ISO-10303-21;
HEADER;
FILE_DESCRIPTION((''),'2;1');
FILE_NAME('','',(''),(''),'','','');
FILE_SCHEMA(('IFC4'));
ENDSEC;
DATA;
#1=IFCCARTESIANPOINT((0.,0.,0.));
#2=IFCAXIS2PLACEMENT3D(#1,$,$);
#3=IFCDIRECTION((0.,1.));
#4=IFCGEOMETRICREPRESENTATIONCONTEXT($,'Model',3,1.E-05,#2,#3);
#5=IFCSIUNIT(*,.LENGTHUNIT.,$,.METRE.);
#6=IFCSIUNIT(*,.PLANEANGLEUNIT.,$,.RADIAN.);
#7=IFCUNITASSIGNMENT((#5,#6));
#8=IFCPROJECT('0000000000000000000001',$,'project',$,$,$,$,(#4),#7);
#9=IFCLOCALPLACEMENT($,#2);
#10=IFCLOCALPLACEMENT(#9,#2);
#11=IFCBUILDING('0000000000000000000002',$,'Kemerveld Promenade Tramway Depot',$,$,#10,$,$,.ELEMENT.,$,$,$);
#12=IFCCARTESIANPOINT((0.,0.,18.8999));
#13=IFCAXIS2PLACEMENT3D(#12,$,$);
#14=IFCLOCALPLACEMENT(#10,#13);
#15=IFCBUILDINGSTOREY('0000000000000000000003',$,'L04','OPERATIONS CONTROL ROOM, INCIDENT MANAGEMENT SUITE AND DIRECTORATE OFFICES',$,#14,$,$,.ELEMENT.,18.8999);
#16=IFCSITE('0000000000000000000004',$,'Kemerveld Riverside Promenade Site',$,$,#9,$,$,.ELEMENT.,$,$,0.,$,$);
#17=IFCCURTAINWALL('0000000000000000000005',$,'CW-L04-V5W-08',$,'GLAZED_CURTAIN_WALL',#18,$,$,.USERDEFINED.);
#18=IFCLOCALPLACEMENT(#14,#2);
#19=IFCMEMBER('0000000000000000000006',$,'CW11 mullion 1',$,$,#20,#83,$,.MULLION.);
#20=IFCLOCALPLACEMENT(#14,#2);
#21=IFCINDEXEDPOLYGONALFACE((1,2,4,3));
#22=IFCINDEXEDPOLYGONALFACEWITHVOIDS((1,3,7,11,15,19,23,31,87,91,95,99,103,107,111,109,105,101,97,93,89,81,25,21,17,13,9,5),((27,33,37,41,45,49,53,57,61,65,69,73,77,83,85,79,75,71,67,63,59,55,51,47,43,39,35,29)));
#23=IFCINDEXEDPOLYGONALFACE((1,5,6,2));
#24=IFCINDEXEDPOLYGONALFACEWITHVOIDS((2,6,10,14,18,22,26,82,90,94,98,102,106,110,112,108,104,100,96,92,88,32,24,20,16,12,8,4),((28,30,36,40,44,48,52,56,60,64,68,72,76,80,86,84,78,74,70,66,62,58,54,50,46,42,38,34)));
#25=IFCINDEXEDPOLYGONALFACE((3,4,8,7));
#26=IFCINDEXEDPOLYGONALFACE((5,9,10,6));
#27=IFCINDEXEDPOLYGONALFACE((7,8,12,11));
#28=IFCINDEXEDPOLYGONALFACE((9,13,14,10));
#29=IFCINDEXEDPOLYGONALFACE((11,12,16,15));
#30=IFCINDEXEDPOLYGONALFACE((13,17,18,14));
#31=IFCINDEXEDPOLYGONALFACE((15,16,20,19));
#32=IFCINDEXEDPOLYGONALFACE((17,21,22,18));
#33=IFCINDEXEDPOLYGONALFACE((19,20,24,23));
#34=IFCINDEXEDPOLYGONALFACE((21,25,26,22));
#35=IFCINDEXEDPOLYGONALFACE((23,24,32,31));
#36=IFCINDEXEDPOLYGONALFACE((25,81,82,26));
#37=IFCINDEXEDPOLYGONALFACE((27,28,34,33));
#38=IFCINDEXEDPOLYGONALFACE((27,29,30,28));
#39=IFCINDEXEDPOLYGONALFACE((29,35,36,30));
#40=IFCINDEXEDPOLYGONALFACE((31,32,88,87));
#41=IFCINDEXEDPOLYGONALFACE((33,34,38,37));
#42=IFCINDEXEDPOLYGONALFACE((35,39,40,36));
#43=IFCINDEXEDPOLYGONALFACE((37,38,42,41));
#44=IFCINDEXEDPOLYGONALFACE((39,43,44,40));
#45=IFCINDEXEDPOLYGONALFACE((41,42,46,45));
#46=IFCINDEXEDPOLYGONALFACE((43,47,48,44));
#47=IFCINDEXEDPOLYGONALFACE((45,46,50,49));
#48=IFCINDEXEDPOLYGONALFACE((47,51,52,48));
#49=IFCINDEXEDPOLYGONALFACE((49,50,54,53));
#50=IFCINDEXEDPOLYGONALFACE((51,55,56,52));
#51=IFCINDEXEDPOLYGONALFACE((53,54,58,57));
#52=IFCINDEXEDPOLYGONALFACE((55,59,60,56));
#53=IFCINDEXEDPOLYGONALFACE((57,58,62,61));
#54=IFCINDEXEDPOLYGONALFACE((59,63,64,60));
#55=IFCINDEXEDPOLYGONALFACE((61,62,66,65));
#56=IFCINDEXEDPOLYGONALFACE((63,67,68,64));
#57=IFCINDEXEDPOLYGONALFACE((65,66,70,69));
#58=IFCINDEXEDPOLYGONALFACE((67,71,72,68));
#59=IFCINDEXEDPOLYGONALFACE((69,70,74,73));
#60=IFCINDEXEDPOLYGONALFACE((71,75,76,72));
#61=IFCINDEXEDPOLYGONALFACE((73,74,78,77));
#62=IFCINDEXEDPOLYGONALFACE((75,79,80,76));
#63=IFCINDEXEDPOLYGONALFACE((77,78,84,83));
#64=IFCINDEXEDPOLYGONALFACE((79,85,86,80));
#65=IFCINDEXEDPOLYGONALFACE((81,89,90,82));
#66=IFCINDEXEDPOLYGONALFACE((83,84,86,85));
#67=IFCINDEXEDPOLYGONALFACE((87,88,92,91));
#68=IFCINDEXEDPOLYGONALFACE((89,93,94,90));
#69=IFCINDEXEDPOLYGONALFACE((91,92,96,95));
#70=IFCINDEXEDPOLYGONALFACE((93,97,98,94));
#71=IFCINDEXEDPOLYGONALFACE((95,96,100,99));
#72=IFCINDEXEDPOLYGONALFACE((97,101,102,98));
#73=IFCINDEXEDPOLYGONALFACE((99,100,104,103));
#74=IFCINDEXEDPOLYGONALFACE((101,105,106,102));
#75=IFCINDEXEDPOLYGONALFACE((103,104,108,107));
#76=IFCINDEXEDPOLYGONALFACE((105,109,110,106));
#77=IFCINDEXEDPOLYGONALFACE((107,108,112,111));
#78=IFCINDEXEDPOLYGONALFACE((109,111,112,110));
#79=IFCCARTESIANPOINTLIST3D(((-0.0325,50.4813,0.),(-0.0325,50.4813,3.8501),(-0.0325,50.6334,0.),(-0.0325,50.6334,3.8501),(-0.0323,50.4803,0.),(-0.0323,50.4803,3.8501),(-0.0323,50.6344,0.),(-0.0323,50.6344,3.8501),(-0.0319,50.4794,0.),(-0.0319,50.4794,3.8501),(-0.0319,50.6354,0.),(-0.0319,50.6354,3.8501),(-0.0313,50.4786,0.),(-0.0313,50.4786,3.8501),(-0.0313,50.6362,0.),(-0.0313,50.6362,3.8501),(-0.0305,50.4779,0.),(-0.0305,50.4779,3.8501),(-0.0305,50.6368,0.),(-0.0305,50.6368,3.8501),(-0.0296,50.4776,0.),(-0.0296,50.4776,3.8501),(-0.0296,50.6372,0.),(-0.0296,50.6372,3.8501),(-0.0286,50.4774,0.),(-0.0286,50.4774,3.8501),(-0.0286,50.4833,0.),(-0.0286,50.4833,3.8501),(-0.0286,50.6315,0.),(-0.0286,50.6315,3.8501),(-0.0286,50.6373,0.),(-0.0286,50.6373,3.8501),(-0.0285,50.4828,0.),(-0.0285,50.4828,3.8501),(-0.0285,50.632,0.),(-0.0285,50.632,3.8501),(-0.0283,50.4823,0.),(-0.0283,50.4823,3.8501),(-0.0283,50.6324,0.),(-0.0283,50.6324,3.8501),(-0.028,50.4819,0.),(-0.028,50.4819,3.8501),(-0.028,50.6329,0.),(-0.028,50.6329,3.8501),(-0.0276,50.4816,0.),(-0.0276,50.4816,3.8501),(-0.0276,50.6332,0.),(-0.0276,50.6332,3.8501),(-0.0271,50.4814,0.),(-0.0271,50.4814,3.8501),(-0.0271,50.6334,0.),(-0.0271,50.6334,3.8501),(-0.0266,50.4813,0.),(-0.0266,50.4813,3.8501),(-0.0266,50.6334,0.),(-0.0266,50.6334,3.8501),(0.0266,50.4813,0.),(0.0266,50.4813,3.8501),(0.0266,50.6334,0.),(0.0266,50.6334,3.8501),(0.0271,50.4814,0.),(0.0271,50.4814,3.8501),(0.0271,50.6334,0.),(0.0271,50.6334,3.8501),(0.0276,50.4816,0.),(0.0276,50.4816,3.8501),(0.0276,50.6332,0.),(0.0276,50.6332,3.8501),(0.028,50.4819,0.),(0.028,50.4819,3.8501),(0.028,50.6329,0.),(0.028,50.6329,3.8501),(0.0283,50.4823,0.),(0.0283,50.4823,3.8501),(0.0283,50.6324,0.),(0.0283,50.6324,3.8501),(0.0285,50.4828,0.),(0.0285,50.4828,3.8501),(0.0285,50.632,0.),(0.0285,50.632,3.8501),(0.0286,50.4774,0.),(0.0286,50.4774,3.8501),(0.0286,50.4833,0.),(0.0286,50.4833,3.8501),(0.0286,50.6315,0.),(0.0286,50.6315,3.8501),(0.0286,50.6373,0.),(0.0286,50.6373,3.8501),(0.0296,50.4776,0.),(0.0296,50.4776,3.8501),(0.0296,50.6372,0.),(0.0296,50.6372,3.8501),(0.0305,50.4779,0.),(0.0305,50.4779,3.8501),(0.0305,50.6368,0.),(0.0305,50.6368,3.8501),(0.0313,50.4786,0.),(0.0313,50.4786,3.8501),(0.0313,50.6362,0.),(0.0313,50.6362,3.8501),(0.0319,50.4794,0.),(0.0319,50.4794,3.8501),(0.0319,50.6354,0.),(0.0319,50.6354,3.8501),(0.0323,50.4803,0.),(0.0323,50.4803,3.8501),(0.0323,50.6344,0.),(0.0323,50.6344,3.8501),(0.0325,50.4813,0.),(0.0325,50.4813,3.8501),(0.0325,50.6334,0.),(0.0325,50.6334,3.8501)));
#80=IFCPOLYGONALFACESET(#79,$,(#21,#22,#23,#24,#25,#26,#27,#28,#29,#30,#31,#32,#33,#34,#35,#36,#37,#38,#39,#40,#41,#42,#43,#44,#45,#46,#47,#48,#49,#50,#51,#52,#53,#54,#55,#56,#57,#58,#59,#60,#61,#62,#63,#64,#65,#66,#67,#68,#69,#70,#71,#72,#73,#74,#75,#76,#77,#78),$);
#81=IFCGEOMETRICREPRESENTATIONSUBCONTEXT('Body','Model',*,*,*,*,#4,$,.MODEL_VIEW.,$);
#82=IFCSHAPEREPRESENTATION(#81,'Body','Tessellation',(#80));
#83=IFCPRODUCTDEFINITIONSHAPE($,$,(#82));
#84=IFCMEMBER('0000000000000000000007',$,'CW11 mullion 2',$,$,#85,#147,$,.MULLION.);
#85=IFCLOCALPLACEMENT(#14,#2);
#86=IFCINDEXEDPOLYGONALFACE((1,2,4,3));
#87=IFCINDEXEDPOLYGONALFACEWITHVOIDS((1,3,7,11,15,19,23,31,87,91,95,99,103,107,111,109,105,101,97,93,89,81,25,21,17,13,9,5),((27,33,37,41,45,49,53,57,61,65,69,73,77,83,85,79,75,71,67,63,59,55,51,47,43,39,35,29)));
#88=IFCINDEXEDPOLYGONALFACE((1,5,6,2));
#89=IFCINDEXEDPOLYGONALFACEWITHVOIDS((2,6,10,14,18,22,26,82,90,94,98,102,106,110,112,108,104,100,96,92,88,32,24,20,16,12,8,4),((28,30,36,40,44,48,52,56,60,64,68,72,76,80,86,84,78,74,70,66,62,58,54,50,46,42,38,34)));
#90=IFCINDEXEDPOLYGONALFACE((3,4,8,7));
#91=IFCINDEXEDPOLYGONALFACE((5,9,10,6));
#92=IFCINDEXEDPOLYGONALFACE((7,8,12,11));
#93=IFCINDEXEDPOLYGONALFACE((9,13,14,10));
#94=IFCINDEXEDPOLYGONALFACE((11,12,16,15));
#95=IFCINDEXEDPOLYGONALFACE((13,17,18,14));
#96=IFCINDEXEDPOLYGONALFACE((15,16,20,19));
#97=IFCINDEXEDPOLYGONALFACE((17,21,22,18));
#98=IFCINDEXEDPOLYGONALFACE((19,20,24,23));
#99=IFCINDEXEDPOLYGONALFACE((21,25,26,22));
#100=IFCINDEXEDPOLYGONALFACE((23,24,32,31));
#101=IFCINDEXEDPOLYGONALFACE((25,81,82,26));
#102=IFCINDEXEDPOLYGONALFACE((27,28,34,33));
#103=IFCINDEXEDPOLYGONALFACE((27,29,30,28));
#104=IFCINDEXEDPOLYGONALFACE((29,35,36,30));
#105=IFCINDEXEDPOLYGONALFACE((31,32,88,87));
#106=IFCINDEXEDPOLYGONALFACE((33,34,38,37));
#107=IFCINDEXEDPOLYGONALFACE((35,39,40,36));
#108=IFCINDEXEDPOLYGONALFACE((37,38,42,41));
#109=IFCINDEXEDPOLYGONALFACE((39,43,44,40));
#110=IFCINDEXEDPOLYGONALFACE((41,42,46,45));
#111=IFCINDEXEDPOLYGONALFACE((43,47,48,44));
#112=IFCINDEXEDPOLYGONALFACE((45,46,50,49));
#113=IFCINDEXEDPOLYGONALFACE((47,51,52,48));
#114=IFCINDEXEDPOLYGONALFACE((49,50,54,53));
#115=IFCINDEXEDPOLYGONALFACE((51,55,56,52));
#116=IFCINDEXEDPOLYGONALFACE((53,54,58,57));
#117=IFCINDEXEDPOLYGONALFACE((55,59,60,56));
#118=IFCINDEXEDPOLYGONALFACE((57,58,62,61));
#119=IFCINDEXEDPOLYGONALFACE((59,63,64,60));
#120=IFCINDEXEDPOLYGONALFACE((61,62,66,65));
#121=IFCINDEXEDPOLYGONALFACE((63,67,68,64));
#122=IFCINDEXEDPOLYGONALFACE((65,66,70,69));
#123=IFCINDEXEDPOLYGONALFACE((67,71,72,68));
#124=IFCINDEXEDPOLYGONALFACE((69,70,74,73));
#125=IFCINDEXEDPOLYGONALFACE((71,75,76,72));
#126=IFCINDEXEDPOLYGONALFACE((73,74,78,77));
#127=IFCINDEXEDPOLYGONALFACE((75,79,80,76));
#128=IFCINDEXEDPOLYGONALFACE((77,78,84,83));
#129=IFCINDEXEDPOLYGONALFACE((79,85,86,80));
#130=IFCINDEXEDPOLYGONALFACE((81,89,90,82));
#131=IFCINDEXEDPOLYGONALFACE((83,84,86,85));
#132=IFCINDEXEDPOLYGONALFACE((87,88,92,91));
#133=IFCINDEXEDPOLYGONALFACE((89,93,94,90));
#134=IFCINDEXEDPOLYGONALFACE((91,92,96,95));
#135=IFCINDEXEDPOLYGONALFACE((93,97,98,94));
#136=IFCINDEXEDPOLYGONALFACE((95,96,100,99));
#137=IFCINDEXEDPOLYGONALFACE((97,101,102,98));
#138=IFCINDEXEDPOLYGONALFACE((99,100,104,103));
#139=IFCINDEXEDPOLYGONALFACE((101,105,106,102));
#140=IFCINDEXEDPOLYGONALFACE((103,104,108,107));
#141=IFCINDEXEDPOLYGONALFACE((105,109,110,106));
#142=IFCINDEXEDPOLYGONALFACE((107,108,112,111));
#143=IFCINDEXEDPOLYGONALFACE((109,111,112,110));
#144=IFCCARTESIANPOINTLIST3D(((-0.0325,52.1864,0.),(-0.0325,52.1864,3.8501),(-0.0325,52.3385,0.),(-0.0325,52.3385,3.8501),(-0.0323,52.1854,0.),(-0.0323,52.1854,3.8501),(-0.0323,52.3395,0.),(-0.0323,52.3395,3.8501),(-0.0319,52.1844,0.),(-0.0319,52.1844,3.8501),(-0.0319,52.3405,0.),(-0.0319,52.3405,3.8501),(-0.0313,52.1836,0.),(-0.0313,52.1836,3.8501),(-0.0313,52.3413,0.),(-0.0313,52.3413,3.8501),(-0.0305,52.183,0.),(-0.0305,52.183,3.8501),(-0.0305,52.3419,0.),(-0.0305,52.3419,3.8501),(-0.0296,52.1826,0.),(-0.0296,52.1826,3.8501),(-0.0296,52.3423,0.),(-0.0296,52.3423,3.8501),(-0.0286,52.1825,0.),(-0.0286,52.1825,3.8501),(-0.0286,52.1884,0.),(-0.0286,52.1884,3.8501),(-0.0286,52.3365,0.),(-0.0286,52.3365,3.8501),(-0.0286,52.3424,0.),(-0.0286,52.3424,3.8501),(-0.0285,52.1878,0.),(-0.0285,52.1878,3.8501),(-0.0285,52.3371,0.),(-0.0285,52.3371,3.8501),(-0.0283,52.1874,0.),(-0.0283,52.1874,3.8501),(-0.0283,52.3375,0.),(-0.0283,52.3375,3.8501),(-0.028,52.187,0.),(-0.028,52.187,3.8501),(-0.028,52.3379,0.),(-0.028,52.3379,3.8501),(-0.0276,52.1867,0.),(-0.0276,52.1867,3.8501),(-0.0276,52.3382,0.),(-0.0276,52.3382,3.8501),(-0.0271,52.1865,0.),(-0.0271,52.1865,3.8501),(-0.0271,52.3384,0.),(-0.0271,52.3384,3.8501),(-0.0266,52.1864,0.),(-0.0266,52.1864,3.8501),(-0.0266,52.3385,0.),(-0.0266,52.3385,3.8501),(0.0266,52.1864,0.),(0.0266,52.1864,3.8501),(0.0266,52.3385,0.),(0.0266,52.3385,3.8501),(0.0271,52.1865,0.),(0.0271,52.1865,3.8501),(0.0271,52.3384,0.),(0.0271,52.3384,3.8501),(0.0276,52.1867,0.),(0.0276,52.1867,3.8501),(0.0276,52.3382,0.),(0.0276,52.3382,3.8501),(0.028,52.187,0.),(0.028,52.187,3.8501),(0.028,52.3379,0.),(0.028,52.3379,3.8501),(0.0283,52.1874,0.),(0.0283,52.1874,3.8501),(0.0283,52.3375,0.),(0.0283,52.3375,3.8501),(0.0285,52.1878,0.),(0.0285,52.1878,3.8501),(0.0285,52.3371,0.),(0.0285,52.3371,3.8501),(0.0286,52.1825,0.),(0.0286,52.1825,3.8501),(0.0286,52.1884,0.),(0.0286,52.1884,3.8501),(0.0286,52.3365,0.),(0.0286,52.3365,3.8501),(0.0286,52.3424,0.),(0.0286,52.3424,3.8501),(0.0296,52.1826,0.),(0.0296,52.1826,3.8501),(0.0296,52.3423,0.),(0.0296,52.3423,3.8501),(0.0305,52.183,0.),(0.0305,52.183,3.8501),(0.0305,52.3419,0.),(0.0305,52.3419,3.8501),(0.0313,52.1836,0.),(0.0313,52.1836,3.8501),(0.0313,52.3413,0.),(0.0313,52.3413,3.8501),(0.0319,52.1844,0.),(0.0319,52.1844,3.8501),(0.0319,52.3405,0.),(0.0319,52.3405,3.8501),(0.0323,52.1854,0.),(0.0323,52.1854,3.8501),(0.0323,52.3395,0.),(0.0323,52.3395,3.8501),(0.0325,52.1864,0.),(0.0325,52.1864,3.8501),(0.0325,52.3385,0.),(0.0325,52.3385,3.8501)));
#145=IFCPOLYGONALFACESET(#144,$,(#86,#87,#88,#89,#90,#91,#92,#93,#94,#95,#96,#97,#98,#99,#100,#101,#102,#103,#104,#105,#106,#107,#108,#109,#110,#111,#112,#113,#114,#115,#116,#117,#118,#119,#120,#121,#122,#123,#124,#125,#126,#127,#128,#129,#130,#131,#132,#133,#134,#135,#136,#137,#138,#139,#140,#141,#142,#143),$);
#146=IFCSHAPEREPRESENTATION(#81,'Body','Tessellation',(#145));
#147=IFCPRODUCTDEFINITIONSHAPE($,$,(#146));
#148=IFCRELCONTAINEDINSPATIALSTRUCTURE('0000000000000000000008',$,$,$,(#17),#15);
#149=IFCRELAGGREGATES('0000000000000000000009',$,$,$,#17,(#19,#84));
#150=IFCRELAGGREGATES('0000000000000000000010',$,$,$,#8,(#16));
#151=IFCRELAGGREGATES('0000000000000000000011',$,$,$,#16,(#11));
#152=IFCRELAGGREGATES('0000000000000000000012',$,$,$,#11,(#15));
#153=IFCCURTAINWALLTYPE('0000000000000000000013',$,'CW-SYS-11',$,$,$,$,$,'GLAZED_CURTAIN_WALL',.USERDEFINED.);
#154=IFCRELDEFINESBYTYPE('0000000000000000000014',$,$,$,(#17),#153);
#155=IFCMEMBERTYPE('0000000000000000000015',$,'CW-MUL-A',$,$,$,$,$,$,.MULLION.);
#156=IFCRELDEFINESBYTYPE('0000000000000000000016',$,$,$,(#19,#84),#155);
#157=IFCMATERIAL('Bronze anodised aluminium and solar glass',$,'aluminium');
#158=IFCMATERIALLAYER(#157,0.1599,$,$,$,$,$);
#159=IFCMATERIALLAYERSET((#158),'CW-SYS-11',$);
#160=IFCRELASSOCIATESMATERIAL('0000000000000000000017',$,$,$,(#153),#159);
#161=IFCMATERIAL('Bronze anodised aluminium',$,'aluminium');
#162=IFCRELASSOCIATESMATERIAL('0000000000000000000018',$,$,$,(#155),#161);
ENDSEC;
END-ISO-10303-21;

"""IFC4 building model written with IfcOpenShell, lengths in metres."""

from ifc_helpers import new_model, si_unit, direction, frame, origin, origin_2d, place, context, subcontext, project, spatial, hollow_rectangle, extrude, material, layer, layer_set, material_profile, profile_set, type_object, element, aggregate, save


model = new_model("IFC4")

# Units and contexts
model_context = context("Model", 3, precision=1e-05, world=origin(), true_north=direction((0.0, 1.0)))
body_context = subcontext(model_context, "Body", "Model", "MODEL_VIEW")
ifc_project = project(units=[si_unit("LENGTHUNIT", "METRE"), si_unit("PLANEANGLEUNIT", "RADIAN")], contexts=[model_context])

# Site, building, storey
site_placement = place(None, origin())
site = spatial("IfcSite", under=ifc_project, at=site_placement, Name="Kemerveld Riverside Promenade Site", CompositionType="ELEMENT", RefElevation=0.0)
building_placement = place(site_placement, origin())
building = spatial("IfcBuilding", under=site, at=building_placement, Name="Kemerveld Promenade Tramway Depot", CompositionType="ELEMENT")
storey_placement = place(building_placement, frame((0.0, 0.0, 18.8999)))
storey = spatial("IfcBuildingStorey", under=building, at=storey_placement, Name="L04", Description="OPERATIONS CONTROL ROOM, INCIDENT MANAGEMENT SUITE AND DIRECTORATE OFFICES", CompositionType="ELEMENT", Elevation=18.8999)

# Curtain wall, members
ifc_material_1 = material(Name="Bronze anodised aluminium and solar glass", Category="aluminium")
ifc_layer_1 = layer(ifc_material_1, 0.1599)
ifc_layer_set_1 = layer_set([ifc_layer_1], Name="CW-SYS-11")
curtain_wall_type = type_object("IfcCurtainWallType", Name="CW-SYS-11", ElementType="GLAZED_CURTAIN_WALL", PredefinedType="USERDEFINED", material=ifc_layer_set_1)
curtain_wall_placement = place(storey_placement, origin())
curtain_wall = element("IfcCurtainWall", 1, at=curtain_wall_placement, inside=storey, type_object=curtain_wall_type, Name="CW-L04-V5W-08", ObjectType="GLAZED_CURTAIN_WALL", PredefinedType="USERDEFINED")
ifc_material_2 = material(Name="Bronze anodised aluminium", Category="aluminium")
ifc_material_profile_1 = material_profile(ifc_material_2, hollow_rectangle(XDim=0.0649, YDim=0.1599, WallThickness=0.0039, InnerFilletRadius=0.002, OuterFilletRadius=0.0039, at=origin_2d()), Name="CW-MUL-160x65")
ifc_profile_set_1 = profile_set([ifc_material_profile_1], Name="Bronze anodised aluminium")
member_type_1 = type_object("IfcMemberType", Name="CW-MUL-A", PredefinedType="MULLION", material=ifc_profile_set_1)
member_1_placement = place(storey_placement, frame((0.0, 50.5574, 0.0), z_axis=(0.0, 0.0, 1.0), x_axis=(-1.0, 0.0, 0.0)))
member_1 = element("IfcMember", 2, at=member_1_placement, type_object=member_type_1, Name="CW11 mullion 1", PredefinedType="MULLION", context=body_context, shape_type="SweptSolid", body=[
    extrude(hollow_rectangle(XDim=0.0649, YDim=0.1599, WallThickness=0.0039, InnerFilletRadius=0.002, OuterFilletRadius=0.0039, at=origin_2d()), origin(), (0.0, 0.0, 1.0), 3.8501),
])
member_2_placement = place(storey_placement, frame((0.0, 52.2625, 0.0), z_axis=(0.0, 0.0, 1.0), x_axis=(-1.0, 0.0, 0.0)))
member_2 = element("IfcMember", 3, at=member_2_placement, type_object=member_type_1, Name="CW11 mullion 2", PredefinedType="MULLION", context=body_context, shape_type="SweptSolid", body=[
    extrude(hollow_rectangle(XDim=0.0649, YDim=0.1599, WallThickness=0.0039, InnerFilletRadius=0.002, OuterFilletRadius=0.0039, at=origin_2d()), origin(), (0.0, 0.0, 1.0), 3.8501),
])
aggregate(curtain_wall, [member_1, member_2])

save(model, "model.ifc")
